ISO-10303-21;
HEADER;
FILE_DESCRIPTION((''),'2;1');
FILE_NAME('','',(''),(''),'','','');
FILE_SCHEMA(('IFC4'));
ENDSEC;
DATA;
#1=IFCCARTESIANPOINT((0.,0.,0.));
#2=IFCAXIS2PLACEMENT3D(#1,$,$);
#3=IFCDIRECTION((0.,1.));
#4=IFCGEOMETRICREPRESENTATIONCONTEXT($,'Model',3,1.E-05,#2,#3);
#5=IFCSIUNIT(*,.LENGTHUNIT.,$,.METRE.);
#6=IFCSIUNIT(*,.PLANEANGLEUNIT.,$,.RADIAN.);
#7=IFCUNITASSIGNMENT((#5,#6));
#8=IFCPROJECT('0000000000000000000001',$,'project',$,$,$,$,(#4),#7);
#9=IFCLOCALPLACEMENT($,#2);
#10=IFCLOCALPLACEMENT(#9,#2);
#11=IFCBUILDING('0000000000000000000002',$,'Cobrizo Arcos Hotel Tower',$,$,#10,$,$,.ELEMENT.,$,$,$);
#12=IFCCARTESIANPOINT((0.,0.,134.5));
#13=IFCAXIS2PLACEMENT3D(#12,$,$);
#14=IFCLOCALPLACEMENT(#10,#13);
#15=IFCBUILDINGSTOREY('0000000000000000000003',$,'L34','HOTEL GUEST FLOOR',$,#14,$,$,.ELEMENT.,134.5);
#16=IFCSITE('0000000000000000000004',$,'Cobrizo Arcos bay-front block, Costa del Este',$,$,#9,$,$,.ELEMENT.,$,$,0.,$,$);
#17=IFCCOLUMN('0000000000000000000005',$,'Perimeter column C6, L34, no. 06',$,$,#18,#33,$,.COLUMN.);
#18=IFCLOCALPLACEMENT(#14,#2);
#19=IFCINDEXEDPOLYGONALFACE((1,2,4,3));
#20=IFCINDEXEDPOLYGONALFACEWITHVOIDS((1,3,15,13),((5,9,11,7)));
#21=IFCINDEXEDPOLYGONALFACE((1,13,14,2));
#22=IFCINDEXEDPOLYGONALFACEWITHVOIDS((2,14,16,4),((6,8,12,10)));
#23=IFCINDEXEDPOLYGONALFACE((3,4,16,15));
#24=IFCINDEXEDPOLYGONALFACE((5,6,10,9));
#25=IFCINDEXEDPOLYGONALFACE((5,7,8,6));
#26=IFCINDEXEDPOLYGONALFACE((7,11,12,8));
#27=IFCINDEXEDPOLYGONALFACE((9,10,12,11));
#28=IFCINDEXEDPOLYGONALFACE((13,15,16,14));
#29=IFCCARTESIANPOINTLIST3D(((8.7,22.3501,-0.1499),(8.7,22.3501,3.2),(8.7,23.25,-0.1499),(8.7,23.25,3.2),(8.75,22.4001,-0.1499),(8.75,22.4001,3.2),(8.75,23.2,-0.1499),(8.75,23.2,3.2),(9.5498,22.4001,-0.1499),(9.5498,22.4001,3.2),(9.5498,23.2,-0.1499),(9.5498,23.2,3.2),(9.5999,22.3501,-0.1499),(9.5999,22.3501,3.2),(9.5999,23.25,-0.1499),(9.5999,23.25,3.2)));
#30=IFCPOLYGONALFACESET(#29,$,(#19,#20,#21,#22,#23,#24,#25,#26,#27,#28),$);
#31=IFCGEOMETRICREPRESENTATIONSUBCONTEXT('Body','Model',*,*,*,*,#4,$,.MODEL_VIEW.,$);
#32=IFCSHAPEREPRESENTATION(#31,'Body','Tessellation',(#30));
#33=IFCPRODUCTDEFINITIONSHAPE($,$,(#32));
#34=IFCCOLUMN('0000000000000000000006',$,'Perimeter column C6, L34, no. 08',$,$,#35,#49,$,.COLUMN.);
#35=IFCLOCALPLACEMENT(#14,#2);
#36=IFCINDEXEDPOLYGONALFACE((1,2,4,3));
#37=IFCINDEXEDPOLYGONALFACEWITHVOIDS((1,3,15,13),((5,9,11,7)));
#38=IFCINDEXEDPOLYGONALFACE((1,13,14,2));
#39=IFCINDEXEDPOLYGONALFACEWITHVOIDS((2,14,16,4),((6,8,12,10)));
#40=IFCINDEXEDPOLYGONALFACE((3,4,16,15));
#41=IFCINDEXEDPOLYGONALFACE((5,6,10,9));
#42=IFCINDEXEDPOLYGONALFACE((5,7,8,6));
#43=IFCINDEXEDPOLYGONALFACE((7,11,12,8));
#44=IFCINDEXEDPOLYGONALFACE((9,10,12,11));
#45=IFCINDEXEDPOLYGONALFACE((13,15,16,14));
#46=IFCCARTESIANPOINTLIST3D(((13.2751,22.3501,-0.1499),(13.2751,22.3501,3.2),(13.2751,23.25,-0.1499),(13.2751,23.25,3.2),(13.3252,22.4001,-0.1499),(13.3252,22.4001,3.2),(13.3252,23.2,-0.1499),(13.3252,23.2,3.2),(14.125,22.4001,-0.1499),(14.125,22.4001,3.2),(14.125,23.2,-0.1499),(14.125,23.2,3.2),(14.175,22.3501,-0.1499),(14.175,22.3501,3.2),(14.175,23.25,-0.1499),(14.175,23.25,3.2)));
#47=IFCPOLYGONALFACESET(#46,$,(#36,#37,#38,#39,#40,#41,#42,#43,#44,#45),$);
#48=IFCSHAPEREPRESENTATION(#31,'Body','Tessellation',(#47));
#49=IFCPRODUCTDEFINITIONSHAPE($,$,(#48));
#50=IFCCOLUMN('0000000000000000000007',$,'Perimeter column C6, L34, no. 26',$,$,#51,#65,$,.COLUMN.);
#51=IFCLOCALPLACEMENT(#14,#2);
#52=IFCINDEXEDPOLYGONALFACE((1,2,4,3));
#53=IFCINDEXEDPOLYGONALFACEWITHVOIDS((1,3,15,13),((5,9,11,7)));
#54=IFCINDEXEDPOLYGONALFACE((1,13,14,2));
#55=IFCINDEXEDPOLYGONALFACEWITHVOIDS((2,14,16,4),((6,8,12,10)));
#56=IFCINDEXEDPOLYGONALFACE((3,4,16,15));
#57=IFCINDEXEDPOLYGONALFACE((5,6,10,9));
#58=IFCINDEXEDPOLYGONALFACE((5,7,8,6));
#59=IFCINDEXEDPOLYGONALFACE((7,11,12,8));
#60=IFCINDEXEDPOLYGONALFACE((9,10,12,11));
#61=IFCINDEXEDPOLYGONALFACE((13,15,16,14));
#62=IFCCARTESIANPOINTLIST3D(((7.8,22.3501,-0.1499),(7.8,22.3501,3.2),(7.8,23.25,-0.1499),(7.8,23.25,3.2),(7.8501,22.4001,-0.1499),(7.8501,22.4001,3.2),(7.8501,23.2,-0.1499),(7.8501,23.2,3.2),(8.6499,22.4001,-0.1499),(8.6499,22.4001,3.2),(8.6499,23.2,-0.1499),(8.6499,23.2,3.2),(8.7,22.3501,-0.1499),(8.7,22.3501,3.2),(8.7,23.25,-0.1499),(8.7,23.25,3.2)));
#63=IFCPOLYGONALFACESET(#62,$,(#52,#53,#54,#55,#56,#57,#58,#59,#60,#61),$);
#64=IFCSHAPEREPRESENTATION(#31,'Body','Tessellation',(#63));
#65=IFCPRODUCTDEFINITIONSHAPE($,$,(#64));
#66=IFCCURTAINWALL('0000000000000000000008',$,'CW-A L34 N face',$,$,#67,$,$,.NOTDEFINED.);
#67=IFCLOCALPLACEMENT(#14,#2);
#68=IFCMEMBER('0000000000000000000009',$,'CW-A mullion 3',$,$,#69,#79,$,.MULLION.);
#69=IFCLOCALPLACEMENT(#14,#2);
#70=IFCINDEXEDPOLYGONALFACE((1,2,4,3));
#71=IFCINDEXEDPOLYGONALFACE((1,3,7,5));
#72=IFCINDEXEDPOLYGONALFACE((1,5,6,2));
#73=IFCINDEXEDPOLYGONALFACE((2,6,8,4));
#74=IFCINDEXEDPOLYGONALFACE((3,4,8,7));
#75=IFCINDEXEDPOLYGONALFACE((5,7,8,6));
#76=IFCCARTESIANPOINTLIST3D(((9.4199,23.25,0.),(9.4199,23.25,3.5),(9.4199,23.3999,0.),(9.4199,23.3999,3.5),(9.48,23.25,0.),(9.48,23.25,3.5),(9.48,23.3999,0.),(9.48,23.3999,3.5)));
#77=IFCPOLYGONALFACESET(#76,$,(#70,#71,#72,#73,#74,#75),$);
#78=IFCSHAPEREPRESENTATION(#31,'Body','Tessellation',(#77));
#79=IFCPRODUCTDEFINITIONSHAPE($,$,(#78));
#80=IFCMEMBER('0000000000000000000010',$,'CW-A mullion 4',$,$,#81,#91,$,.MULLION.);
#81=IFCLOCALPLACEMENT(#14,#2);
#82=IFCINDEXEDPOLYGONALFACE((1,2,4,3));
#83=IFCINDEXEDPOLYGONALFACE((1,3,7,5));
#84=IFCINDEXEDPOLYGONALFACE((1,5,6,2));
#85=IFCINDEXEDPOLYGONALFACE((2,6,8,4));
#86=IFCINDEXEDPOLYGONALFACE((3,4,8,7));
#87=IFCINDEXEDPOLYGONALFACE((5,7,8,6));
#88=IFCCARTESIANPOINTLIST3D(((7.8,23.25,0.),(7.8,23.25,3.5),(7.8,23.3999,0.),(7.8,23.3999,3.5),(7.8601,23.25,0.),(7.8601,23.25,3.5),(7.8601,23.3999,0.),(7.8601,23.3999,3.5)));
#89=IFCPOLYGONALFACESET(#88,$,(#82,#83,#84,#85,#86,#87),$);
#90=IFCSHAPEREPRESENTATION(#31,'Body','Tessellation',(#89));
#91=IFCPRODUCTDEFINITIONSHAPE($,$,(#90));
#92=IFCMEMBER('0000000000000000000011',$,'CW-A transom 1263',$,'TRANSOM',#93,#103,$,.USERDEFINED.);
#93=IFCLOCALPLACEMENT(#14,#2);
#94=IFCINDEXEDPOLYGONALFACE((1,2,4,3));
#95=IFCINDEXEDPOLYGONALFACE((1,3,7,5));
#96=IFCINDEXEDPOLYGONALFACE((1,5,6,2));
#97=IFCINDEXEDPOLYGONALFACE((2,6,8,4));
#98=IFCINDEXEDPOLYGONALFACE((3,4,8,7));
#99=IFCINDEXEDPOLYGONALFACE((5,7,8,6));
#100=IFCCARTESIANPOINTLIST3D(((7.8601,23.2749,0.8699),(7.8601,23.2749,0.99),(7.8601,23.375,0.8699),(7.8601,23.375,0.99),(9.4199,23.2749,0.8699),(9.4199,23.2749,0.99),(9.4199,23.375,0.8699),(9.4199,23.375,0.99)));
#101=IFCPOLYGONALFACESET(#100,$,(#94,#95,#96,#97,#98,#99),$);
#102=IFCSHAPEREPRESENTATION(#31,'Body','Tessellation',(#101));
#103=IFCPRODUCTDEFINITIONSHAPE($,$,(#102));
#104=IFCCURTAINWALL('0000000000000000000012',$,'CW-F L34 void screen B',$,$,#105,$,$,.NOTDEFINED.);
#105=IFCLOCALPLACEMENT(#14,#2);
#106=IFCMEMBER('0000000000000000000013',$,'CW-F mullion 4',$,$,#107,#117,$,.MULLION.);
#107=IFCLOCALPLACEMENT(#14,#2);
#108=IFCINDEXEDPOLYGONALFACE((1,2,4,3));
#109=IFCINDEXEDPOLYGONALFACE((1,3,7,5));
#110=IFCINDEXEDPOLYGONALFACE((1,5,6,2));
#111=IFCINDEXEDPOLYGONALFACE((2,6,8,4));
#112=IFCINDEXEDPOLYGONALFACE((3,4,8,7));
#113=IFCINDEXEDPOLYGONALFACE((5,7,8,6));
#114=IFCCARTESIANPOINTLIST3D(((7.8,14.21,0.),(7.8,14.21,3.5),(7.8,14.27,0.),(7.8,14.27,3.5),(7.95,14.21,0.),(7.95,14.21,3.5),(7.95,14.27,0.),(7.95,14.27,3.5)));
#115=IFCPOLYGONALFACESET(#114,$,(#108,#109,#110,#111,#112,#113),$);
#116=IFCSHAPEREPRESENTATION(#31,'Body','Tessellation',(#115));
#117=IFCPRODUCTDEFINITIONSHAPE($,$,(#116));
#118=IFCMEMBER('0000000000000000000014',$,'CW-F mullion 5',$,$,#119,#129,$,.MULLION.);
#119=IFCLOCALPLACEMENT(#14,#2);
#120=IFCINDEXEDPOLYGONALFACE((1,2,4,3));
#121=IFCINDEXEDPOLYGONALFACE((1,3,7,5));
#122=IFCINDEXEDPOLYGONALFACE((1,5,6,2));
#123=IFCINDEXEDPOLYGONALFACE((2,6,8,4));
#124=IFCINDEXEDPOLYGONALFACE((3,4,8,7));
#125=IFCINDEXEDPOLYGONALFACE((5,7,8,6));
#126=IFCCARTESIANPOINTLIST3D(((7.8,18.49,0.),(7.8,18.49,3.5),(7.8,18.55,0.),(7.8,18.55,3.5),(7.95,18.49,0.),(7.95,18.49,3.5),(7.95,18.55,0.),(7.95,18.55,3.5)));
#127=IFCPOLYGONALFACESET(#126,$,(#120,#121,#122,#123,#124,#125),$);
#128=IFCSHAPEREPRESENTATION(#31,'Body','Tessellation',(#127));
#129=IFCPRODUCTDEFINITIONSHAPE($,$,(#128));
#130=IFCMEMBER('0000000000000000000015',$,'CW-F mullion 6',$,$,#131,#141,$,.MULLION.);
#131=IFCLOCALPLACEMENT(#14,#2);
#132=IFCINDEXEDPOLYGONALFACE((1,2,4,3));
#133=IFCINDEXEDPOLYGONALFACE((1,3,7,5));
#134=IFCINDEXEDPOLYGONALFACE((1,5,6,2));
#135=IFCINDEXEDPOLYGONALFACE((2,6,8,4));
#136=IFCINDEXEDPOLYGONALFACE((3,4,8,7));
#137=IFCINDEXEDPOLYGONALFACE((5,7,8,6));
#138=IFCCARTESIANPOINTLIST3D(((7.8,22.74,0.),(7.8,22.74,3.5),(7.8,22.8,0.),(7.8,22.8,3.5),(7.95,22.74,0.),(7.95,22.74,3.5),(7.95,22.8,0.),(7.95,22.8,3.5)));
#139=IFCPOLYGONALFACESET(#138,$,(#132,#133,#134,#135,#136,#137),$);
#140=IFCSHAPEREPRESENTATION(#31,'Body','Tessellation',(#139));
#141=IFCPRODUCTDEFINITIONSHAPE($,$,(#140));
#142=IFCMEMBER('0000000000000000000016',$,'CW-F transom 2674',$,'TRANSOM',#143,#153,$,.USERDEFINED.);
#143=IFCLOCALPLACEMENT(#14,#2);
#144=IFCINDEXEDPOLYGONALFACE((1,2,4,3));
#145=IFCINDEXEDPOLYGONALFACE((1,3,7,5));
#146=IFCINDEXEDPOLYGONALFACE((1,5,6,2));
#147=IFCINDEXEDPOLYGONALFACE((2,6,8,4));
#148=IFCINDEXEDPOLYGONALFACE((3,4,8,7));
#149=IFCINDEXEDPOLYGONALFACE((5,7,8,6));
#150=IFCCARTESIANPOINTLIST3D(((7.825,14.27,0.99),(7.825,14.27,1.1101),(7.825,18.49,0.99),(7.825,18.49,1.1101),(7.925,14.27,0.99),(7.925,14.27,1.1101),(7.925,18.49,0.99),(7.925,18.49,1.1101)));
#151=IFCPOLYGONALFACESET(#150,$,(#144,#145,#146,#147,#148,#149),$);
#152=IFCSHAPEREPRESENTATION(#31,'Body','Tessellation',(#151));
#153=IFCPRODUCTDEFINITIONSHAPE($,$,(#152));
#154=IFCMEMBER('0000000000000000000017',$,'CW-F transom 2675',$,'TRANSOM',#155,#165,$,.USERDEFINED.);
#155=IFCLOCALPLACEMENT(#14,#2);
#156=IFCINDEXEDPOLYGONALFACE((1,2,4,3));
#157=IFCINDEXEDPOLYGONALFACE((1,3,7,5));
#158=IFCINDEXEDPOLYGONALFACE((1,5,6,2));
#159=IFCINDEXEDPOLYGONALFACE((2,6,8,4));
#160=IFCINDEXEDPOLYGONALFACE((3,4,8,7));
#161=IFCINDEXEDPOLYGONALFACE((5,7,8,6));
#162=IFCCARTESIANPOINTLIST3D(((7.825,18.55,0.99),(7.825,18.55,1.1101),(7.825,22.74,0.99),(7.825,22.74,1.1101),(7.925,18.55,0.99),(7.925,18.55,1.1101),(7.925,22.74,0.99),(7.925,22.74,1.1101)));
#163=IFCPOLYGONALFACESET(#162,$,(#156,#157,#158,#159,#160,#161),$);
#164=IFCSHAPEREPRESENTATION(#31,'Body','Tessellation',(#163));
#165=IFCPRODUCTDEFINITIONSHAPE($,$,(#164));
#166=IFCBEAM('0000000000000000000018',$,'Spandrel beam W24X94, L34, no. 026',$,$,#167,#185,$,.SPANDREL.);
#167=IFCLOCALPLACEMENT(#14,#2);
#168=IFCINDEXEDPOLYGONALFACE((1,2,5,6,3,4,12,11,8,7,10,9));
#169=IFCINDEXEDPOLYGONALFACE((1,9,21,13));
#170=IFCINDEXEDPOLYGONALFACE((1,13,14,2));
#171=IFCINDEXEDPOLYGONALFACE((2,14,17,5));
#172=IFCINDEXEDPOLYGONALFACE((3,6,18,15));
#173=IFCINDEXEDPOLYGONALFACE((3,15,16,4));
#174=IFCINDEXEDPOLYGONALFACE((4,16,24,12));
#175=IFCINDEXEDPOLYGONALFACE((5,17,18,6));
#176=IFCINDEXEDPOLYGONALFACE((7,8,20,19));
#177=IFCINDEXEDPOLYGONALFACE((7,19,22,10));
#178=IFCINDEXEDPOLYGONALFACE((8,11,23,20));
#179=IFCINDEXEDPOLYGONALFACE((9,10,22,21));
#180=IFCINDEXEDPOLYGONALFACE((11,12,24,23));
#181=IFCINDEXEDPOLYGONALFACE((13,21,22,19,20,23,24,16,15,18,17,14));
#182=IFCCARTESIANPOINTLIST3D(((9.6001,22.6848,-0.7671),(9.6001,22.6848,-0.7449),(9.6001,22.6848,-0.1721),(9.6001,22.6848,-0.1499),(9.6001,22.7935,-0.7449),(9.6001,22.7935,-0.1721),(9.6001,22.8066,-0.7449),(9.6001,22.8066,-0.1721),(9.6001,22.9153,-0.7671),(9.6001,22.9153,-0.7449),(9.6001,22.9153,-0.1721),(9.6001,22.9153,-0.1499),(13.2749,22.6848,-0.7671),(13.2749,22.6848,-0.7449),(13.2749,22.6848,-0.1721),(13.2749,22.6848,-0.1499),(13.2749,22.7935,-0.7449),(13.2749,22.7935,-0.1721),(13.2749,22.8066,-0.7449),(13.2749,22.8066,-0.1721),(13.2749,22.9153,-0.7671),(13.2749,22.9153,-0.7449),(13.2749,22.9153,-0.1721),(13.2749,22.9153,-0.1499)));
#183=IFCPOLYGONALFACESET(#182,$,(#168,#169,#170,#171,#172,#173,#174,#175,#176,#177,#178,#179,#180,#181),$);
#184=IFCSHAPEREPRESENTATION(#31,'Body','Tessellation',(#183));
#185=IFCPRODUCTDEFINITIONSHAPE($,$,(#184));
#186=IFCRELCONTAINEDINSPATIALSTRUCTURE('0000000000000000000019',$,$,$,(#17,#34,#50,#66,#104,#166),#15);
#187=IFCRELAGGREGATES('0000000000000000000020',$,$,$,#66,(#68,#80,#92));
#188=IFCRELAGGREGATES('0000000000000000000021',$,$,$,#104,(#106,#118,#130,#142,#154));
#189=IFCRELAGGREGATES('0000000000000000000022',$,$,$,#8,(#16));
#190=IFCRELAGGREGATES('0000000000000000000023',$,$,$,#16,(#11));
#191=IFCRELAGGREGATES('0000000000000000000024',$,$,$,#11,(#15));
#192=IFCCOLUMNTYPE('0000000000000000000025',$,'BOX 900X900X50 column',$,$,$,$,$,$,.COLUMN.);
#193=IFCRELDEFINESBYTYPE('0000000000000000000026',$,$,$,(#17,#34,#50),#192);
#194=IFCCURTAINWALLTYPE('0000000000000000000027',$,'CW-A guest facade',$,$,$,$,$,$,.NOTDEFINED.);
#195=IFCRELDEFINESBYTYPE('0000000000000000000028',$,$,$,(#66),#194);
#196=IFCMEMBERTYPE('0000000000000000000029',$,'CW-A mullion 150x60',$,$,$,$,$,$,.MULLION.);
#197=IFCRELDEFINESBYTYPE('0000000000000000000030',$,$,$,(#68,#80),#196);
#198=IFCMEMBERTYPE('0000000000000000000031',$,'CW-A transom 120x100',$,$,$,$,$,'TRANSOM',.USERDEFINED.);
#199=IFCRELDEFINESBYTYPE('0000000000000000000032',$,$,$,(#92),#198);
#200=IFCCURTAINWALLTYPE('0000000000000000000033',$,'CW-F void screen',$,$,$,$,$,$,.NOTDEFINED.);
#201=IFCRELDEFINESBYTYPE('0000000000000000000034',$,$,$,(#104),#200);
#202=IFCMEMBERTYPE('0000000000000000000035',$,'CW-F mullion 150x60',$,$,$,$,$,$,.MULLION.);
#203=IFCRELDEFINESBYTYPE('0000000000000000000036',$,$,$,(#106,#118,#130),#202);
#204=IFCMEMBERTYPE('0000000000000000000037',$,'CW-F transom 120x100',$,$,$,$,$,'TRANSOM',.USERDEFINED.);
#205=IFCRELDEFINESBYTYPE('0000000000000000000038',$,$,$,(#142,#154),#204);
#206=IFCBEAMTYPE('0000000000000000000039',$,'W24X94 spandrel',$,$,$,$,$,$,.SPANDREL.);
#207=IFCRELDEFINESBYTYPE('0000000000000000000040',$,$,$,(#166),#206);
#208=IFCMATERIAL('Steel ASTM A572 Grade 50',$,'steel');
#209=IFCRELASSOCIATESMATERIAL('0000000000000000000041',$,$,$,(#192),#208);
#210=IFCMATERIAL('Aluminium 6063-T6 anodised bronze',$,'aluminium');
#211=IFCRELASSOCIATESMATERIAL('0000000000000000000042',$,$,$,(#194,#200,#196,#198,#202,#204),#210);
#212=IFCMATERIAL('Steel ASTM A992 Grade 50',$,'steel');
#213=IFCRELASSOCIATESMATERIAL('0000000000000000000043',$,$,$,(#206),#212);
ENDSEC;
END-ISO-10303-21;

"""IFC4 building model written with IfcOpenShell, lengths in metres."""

from ifc_helpers import new_model, si_unit, direction, frame, origin, origin_2d, place, context, subcontext, project, spatial, rectangle, hollow_rectangle, i_section, extrude, material, material_profile, profile_set, type_object, element, aggregate, save


model = new_model("IFC4")

# Units and contexts
model_context = context("Model", 3, precision=1e-05, world=origin(), true_north=direction((0.0, 1.0)))
body_context = subcontext(model_context, "Body", "Model", "MODEL_VIEW")
ifc_project = project(units=[si_unit("LENGTHUNIT", "METRE"), si_unit("PLANEANGLEUNIT", "RADIAN")], contexts=[model_context])

# Site, building, storey
site_placement = place(None, origin())
site = spatial("IfcSite", under=ifc_project, at=site_placement, Name="Cobrizo Arcos bay-front block, Costa del Este", CompositionType="ELEMENT", RefElevation=0.0)
building_placement = place(site_placement, origin())
building = spatial("IfcBuilding", under=site, at=building_placement, Name="Cobrizo Arcos Hotel Tower", CompositionType="ELEMENT")
storey_placement = place(building_placement, frame((0.0, 0.0, 134.5)))
storey = spatial("IfcBuildingStorey", under=building, at=storey_placement, Name="L34", Description="HOTEL GUEST FLOOR", CompositionType="ELEMENT", Elevation=134.5)

# Columns
ifc_material_1 = material(Name="Steel ASTM A572 Grade 50", Category="steel")
ifc_material_profile_1 = material_profile(ifc_material_1, hollow_rectangle(XDim=0.8999, YDim=0.8999, WallThickness=0.05, at=origin_2d()), Name="BOX 900X900X50")
ifc_profile_set_1 = profile_set([ifc_material_profile_1], Name="Steel ASTM A572 Grade 50")
column_type = type_object("IfcColumnType", Name="BOX 900X900X50 column", PredefinedType="COLUMN", material=ifc_profile_set_1)
for number, where, z_axis, x_axis, name in (
    (1, (9.1499, 22.8, -0.1499), (0.0, 0.0, 1.0), (1.0, 0.0, 0.0), "Perimeter column C6, L34, no. 06"),
    (2, (13.7251, 22.8, -0.1499), (0.0, 0.0, 1.0), (1.0, 0.0, 0.0), "Perimeter column C6, L34, no. 08"),
    (3, (8.25, 22.8, -0.1499), (0.0, 0.0, 1.0), (1.0, 0.0, 0.0), "Perimeter column C6, L34, no. 26"),
):
    element("IfcColumn", number, at=place(storey_placement, frame(where, z_axis=z_axis, x_axis=x_axis)), inside=storey, type_object=column_type, Name=name, PredefinedType="COLUMN", context=body_context, shape_type="SweptSolid", body=[
        extrude(hollow_rectangle(XDim=0.8999, YDim=0.8999, WallThickness=0.05, at=origin_2d()), origin(), (0.0, 0.0, 1.0), 3.3499),
    ])

# Curtain walls, members
ifc_material_2 = material(Name="Aluminium 6063-T6 anodised bronze", Category="aluminium")
curtain_wall_type_1 = type_object("IfcCurtainWallType", Name="CW-A guest facade", PredefinedType="NOTDEFINED", material=ifc_material_2)
curtain_wall_1_placement = place(storey_placement, origin())
curtain_wall_1 = element("IfcCurtainWall", 4, at=curtain_wall_1_placement, inside=storey, type_object=curtain_wall_type_1, Name="CW-A L34 N face", PredefinedType="NOTDEFINED")
ifc_material_profile_2 = material_profile(ifc_material_2, rectangle(XDim=0.1499, YDim=0.0601, at=origin_2d()), Name="CW-A mullion 150x60")
ifc_profile_set_2 = profile_set([ifc_material_profile_2], Name="Aluminium 6063-T6 anodised bronze")
member_type_1 = type_object("IfcMemberType", Name="CW-A mullion 150x60", PredefinedType="MULLION", material=ifc_profile_set_2)
member_1_placement = place(storey_placement, frame((9.45, 23.325, 0.0), z_axis=(0.0, 0.0, 1.0), x_axis=(0.0, 1.0, 0.0)))
member_1 = element("IfcMember", 5, at=member_1_placement, type_object=member_type_1, Name="CW-A mullion 3", PredefinedType="MULLION", context=body_context, shape_type="SweptSolid", body=[
    extrude(rectangle(XDim=0.1499, YDim=0.0601, at=origin_2d()), origin(), (0.0, 0.0, 1.0), 3.5),
])
member_2_placement = place(storey_placement, frame((7.8301, 23.325, 0.0), z_axis=(0.0, 0.0, 1.0), x_axis=(0.0, 1.0, 0.0)))
member_2 = element("IfcMember", 6, at=member_2_placement, type_object=member_type_1, Name="CW-A mullion 4", PredefinedType="MULLION", context=body_context, shape_type="SweptSolid", body=[
    extrude(rectangle(XDim=0.1499, YDim=0.0601, at=origin_2d()), origin(), (0.0, 0.0, 1.0), 3.5),
])
ifc_material_profile_3 = material_profile(ifc_material_2, rectangle(XDim=0.1001, YDim=0.1201, at=origin_2d()), Name="CW-A transom 120x100")
ifc_profile_set_3 = profile_set([ifc_material_profile_3], Name="Aluminium 6063-T6 anodised bronze")
member_type_2 = type_object("IfcMemberType", Name="CW-A transom 120x100", ElementType="TRANSOM", PredefinedType="USERDEFINED", material=ifc_profile_set_3)
member_3_placement = place(storey_placement, frame((9.4199, 23.325, 0.9299), z_axis=(-1.0, 0.0, 0.0), x_axis=(0.0, -1.0, 0.0)))
member_3 = element("IfcMember", 7, at=member_3_placement, type_object=member_type_2, Name="CW-A transom 1263", ObjectType="TRANSOM", PredefinedType="USERDEFINED", context=body_context, shape_type="SweptSolid", body=[
    extrude(rectangle(XDim=0.1001, YDim=0.1201, at=origin_2d()), origin(), (0.0, 0.0, 1.0), 1.5598),
])
curtain_wall_type_2 = type_object("IfcCurtainWallType", Name="CW-F void screen", PredefinedType="NOTDEFINED", material=ifc_material_2)
curtain_wall_2_placement = place(storey_placement, origin())
curtain_wall_2 = element("IfcCurtainWall", 8, at=curtain_wall_2_placement, inside=storey, type_object=curtain_wall_type_2, Name="CW-F L34 void screen B", PredefinedType="NOTDEFINED")
ifc_material_profile_4 = material_profile(ifc_material_2, rectangle(XDim=0.1499, YDim=0.0601, at=origin_2d()), Name="CW-F mullion 150x60")
ifc_profile_set_4 = profile_set([ifc_material_profile_4], Name="Aluminium 6063-T6 anodised bronze")
member_type_3 = type_object("IfcMemberType", Name="CW-F mullion 150x60", PredefinedType="MULLION", material=ifc_profile_set_4)
member_4_placement = place(storey_placement, frame((7.875, 14.24, 0.0), z_axis=(0.0, 0.0, 1.0), x_axis=(1.0, 0.0, 0.0)))
member_4 = element("IfcMember", 9, at=member_4_placement, type_object=member_type_3, Name="CW-F mullion 4", PredefinedType="MULLION", context=body_context, shape_type="SweptSolid", body=[
    extrude(rectangle(XDim=0.1499, YDim=0.0601, at=origin_2d()), origin(), (0.0, 0.0, 1.0), 3.5),
])
member_5_placement = place(storey_placement, frame((7.875, 18.52, 0.0), z_axis=(0.0, 0.0, 1.0), x_axis=(1.0, 0.0, 0.0)))
member_5 = element("IfcMember", 10, at=member_5_placement, type_object=member_type_3, Name="CW-F mullion 5", PredefinedType="MULLION", context=body_context, shape_type="SweptSolid", body=[
    extrude(rectangle(XDim=0.1499, YDim=0.0601, at=origin_2d()), origin(), (0.0, 0.0, 1.0), 3.5),
])
member_6_placement = place(storey_placement, frame((7.875, 22.77, 0.0), z_axis=(0.0, 0.0, 1.0), x_axis=(1.0, 0.0, 0.0)))
member_6 = element("IfcMember", 11, at=member_6_placement, type_object=member_type_3, Name="CW-F mullion 6", PredefinedType="MULLION", context=body_context, shape_type="SweptSolid", body=[
    extrude(rectangle(XDim=0.1499, YDim=0.0601, at=origin_2d()), origin(), (0.0, 0.0, 1.0), 3.5),
])
ifc_material_profile_5 = material_profile(ifc_material_2, rectangle(XDim=0.1001, YDim=0.1201, at=origin_2d()), Name="CW-F transom 120x100")
ifc_profile_set_5 = profile_set([ifc_material_profile_5], Name="Aluminium 6063-T6 anodised bronze")
member_type_4 = type_object("IfcMemberType", Name="CW-F transom 120x100", ElementType="TRANSOM", PredefinedType="USERDEFINED", material=ifc_profile_set_5)
member_7_placement = place(storey_placement, frame((7.875, 14.27, 1.05), z_axis=(0.0, 1.0, 0.0), x_axis=(-1.0, 0.0, 0.0)))
member_7 = element("IfcMember", 12, at=member_7_placement, type_object=member_type_4, Name="CW-F transom 2674", ObjectType="TRANSOM", PredefinedType="USERDEFINED", context=body_context, shape_type="SweptSolid", body=[
    extrude(rectangle(XDim=0.1001, YDim=0.1201, at=origin_2d()), origin(), (0.0, 0.0, 1.0), 4.22),
])
member_8_placement = place(storey_placement, frame((7.875, 18.55, 1.05), z_axis=(0.0, 1.0, 0.0), x_axis=(-1.0, 0.0, 0.0)))
member_8 = element("IfcMember", 13, at=member_8_placement, type_object=member_type_4, Name="CW-F transom 2675", ObjectType="TRANSOM", PredefinedType="USERDEFINED", context=body_context, shape_type="SweptSolid", body=[
    extrude(rectangle(XDim=0.1001, YDim=0.1201, at=origin_2d()), origin(), (0.0, 0.0, 1.0), 4.1899),
])

# Beam
ifc_material_3 = material(Name="Steel ASTM A992 Grade 50", Category="steel")
ifc_material_profile_6 = material_profile(ifc_material_3, i_section(OverallWidth=0.2305, OverallDepth=0.6172, WebThickness=0.0132, FlangeThickness=0.0222, at=origin_2d()), Name="W24X94")
ifc_profile_set_6 = profile_set([ifc_material_profile_6], Name="Steel ASTM A992 Grade 50")
beam_type = type_object("IfcBeamType", Name="W24X94 spandrel", PredefinedType="SPANDREL", material=ifc_profile_set_6)
beam_placement = place(storey_placement, frame((9.6001, 22.8, -0.4585), z_axis=(1.0, 0.0, 0.0), x_axis=(0.0, 1.0, 0.0)))
element("IfcBeam", 14, at=beam_placement, inside=storey, type_object=beam_type, Name="Spandrel beam W24X94, L34, no. 026", PredefinedType="SPANDREL", context=body_context, shape_type="SweptSolid", body=[
    extrude(i_section(OverallWidth=0.2305, OverallDepth=0.6172, WebThickness=0.0132, FlangeThickness=0.0222, at=origin_2d()), origin(), (0.0, 0.0, 1.0), 3.6748),
])

aggregate(curtain_wall_1, [member_1, member_2, member_3])
aggregate(curtain_wall_2, [member_4, member_5, member_6, member_7, member_8])

save(model, "model.ifc")
